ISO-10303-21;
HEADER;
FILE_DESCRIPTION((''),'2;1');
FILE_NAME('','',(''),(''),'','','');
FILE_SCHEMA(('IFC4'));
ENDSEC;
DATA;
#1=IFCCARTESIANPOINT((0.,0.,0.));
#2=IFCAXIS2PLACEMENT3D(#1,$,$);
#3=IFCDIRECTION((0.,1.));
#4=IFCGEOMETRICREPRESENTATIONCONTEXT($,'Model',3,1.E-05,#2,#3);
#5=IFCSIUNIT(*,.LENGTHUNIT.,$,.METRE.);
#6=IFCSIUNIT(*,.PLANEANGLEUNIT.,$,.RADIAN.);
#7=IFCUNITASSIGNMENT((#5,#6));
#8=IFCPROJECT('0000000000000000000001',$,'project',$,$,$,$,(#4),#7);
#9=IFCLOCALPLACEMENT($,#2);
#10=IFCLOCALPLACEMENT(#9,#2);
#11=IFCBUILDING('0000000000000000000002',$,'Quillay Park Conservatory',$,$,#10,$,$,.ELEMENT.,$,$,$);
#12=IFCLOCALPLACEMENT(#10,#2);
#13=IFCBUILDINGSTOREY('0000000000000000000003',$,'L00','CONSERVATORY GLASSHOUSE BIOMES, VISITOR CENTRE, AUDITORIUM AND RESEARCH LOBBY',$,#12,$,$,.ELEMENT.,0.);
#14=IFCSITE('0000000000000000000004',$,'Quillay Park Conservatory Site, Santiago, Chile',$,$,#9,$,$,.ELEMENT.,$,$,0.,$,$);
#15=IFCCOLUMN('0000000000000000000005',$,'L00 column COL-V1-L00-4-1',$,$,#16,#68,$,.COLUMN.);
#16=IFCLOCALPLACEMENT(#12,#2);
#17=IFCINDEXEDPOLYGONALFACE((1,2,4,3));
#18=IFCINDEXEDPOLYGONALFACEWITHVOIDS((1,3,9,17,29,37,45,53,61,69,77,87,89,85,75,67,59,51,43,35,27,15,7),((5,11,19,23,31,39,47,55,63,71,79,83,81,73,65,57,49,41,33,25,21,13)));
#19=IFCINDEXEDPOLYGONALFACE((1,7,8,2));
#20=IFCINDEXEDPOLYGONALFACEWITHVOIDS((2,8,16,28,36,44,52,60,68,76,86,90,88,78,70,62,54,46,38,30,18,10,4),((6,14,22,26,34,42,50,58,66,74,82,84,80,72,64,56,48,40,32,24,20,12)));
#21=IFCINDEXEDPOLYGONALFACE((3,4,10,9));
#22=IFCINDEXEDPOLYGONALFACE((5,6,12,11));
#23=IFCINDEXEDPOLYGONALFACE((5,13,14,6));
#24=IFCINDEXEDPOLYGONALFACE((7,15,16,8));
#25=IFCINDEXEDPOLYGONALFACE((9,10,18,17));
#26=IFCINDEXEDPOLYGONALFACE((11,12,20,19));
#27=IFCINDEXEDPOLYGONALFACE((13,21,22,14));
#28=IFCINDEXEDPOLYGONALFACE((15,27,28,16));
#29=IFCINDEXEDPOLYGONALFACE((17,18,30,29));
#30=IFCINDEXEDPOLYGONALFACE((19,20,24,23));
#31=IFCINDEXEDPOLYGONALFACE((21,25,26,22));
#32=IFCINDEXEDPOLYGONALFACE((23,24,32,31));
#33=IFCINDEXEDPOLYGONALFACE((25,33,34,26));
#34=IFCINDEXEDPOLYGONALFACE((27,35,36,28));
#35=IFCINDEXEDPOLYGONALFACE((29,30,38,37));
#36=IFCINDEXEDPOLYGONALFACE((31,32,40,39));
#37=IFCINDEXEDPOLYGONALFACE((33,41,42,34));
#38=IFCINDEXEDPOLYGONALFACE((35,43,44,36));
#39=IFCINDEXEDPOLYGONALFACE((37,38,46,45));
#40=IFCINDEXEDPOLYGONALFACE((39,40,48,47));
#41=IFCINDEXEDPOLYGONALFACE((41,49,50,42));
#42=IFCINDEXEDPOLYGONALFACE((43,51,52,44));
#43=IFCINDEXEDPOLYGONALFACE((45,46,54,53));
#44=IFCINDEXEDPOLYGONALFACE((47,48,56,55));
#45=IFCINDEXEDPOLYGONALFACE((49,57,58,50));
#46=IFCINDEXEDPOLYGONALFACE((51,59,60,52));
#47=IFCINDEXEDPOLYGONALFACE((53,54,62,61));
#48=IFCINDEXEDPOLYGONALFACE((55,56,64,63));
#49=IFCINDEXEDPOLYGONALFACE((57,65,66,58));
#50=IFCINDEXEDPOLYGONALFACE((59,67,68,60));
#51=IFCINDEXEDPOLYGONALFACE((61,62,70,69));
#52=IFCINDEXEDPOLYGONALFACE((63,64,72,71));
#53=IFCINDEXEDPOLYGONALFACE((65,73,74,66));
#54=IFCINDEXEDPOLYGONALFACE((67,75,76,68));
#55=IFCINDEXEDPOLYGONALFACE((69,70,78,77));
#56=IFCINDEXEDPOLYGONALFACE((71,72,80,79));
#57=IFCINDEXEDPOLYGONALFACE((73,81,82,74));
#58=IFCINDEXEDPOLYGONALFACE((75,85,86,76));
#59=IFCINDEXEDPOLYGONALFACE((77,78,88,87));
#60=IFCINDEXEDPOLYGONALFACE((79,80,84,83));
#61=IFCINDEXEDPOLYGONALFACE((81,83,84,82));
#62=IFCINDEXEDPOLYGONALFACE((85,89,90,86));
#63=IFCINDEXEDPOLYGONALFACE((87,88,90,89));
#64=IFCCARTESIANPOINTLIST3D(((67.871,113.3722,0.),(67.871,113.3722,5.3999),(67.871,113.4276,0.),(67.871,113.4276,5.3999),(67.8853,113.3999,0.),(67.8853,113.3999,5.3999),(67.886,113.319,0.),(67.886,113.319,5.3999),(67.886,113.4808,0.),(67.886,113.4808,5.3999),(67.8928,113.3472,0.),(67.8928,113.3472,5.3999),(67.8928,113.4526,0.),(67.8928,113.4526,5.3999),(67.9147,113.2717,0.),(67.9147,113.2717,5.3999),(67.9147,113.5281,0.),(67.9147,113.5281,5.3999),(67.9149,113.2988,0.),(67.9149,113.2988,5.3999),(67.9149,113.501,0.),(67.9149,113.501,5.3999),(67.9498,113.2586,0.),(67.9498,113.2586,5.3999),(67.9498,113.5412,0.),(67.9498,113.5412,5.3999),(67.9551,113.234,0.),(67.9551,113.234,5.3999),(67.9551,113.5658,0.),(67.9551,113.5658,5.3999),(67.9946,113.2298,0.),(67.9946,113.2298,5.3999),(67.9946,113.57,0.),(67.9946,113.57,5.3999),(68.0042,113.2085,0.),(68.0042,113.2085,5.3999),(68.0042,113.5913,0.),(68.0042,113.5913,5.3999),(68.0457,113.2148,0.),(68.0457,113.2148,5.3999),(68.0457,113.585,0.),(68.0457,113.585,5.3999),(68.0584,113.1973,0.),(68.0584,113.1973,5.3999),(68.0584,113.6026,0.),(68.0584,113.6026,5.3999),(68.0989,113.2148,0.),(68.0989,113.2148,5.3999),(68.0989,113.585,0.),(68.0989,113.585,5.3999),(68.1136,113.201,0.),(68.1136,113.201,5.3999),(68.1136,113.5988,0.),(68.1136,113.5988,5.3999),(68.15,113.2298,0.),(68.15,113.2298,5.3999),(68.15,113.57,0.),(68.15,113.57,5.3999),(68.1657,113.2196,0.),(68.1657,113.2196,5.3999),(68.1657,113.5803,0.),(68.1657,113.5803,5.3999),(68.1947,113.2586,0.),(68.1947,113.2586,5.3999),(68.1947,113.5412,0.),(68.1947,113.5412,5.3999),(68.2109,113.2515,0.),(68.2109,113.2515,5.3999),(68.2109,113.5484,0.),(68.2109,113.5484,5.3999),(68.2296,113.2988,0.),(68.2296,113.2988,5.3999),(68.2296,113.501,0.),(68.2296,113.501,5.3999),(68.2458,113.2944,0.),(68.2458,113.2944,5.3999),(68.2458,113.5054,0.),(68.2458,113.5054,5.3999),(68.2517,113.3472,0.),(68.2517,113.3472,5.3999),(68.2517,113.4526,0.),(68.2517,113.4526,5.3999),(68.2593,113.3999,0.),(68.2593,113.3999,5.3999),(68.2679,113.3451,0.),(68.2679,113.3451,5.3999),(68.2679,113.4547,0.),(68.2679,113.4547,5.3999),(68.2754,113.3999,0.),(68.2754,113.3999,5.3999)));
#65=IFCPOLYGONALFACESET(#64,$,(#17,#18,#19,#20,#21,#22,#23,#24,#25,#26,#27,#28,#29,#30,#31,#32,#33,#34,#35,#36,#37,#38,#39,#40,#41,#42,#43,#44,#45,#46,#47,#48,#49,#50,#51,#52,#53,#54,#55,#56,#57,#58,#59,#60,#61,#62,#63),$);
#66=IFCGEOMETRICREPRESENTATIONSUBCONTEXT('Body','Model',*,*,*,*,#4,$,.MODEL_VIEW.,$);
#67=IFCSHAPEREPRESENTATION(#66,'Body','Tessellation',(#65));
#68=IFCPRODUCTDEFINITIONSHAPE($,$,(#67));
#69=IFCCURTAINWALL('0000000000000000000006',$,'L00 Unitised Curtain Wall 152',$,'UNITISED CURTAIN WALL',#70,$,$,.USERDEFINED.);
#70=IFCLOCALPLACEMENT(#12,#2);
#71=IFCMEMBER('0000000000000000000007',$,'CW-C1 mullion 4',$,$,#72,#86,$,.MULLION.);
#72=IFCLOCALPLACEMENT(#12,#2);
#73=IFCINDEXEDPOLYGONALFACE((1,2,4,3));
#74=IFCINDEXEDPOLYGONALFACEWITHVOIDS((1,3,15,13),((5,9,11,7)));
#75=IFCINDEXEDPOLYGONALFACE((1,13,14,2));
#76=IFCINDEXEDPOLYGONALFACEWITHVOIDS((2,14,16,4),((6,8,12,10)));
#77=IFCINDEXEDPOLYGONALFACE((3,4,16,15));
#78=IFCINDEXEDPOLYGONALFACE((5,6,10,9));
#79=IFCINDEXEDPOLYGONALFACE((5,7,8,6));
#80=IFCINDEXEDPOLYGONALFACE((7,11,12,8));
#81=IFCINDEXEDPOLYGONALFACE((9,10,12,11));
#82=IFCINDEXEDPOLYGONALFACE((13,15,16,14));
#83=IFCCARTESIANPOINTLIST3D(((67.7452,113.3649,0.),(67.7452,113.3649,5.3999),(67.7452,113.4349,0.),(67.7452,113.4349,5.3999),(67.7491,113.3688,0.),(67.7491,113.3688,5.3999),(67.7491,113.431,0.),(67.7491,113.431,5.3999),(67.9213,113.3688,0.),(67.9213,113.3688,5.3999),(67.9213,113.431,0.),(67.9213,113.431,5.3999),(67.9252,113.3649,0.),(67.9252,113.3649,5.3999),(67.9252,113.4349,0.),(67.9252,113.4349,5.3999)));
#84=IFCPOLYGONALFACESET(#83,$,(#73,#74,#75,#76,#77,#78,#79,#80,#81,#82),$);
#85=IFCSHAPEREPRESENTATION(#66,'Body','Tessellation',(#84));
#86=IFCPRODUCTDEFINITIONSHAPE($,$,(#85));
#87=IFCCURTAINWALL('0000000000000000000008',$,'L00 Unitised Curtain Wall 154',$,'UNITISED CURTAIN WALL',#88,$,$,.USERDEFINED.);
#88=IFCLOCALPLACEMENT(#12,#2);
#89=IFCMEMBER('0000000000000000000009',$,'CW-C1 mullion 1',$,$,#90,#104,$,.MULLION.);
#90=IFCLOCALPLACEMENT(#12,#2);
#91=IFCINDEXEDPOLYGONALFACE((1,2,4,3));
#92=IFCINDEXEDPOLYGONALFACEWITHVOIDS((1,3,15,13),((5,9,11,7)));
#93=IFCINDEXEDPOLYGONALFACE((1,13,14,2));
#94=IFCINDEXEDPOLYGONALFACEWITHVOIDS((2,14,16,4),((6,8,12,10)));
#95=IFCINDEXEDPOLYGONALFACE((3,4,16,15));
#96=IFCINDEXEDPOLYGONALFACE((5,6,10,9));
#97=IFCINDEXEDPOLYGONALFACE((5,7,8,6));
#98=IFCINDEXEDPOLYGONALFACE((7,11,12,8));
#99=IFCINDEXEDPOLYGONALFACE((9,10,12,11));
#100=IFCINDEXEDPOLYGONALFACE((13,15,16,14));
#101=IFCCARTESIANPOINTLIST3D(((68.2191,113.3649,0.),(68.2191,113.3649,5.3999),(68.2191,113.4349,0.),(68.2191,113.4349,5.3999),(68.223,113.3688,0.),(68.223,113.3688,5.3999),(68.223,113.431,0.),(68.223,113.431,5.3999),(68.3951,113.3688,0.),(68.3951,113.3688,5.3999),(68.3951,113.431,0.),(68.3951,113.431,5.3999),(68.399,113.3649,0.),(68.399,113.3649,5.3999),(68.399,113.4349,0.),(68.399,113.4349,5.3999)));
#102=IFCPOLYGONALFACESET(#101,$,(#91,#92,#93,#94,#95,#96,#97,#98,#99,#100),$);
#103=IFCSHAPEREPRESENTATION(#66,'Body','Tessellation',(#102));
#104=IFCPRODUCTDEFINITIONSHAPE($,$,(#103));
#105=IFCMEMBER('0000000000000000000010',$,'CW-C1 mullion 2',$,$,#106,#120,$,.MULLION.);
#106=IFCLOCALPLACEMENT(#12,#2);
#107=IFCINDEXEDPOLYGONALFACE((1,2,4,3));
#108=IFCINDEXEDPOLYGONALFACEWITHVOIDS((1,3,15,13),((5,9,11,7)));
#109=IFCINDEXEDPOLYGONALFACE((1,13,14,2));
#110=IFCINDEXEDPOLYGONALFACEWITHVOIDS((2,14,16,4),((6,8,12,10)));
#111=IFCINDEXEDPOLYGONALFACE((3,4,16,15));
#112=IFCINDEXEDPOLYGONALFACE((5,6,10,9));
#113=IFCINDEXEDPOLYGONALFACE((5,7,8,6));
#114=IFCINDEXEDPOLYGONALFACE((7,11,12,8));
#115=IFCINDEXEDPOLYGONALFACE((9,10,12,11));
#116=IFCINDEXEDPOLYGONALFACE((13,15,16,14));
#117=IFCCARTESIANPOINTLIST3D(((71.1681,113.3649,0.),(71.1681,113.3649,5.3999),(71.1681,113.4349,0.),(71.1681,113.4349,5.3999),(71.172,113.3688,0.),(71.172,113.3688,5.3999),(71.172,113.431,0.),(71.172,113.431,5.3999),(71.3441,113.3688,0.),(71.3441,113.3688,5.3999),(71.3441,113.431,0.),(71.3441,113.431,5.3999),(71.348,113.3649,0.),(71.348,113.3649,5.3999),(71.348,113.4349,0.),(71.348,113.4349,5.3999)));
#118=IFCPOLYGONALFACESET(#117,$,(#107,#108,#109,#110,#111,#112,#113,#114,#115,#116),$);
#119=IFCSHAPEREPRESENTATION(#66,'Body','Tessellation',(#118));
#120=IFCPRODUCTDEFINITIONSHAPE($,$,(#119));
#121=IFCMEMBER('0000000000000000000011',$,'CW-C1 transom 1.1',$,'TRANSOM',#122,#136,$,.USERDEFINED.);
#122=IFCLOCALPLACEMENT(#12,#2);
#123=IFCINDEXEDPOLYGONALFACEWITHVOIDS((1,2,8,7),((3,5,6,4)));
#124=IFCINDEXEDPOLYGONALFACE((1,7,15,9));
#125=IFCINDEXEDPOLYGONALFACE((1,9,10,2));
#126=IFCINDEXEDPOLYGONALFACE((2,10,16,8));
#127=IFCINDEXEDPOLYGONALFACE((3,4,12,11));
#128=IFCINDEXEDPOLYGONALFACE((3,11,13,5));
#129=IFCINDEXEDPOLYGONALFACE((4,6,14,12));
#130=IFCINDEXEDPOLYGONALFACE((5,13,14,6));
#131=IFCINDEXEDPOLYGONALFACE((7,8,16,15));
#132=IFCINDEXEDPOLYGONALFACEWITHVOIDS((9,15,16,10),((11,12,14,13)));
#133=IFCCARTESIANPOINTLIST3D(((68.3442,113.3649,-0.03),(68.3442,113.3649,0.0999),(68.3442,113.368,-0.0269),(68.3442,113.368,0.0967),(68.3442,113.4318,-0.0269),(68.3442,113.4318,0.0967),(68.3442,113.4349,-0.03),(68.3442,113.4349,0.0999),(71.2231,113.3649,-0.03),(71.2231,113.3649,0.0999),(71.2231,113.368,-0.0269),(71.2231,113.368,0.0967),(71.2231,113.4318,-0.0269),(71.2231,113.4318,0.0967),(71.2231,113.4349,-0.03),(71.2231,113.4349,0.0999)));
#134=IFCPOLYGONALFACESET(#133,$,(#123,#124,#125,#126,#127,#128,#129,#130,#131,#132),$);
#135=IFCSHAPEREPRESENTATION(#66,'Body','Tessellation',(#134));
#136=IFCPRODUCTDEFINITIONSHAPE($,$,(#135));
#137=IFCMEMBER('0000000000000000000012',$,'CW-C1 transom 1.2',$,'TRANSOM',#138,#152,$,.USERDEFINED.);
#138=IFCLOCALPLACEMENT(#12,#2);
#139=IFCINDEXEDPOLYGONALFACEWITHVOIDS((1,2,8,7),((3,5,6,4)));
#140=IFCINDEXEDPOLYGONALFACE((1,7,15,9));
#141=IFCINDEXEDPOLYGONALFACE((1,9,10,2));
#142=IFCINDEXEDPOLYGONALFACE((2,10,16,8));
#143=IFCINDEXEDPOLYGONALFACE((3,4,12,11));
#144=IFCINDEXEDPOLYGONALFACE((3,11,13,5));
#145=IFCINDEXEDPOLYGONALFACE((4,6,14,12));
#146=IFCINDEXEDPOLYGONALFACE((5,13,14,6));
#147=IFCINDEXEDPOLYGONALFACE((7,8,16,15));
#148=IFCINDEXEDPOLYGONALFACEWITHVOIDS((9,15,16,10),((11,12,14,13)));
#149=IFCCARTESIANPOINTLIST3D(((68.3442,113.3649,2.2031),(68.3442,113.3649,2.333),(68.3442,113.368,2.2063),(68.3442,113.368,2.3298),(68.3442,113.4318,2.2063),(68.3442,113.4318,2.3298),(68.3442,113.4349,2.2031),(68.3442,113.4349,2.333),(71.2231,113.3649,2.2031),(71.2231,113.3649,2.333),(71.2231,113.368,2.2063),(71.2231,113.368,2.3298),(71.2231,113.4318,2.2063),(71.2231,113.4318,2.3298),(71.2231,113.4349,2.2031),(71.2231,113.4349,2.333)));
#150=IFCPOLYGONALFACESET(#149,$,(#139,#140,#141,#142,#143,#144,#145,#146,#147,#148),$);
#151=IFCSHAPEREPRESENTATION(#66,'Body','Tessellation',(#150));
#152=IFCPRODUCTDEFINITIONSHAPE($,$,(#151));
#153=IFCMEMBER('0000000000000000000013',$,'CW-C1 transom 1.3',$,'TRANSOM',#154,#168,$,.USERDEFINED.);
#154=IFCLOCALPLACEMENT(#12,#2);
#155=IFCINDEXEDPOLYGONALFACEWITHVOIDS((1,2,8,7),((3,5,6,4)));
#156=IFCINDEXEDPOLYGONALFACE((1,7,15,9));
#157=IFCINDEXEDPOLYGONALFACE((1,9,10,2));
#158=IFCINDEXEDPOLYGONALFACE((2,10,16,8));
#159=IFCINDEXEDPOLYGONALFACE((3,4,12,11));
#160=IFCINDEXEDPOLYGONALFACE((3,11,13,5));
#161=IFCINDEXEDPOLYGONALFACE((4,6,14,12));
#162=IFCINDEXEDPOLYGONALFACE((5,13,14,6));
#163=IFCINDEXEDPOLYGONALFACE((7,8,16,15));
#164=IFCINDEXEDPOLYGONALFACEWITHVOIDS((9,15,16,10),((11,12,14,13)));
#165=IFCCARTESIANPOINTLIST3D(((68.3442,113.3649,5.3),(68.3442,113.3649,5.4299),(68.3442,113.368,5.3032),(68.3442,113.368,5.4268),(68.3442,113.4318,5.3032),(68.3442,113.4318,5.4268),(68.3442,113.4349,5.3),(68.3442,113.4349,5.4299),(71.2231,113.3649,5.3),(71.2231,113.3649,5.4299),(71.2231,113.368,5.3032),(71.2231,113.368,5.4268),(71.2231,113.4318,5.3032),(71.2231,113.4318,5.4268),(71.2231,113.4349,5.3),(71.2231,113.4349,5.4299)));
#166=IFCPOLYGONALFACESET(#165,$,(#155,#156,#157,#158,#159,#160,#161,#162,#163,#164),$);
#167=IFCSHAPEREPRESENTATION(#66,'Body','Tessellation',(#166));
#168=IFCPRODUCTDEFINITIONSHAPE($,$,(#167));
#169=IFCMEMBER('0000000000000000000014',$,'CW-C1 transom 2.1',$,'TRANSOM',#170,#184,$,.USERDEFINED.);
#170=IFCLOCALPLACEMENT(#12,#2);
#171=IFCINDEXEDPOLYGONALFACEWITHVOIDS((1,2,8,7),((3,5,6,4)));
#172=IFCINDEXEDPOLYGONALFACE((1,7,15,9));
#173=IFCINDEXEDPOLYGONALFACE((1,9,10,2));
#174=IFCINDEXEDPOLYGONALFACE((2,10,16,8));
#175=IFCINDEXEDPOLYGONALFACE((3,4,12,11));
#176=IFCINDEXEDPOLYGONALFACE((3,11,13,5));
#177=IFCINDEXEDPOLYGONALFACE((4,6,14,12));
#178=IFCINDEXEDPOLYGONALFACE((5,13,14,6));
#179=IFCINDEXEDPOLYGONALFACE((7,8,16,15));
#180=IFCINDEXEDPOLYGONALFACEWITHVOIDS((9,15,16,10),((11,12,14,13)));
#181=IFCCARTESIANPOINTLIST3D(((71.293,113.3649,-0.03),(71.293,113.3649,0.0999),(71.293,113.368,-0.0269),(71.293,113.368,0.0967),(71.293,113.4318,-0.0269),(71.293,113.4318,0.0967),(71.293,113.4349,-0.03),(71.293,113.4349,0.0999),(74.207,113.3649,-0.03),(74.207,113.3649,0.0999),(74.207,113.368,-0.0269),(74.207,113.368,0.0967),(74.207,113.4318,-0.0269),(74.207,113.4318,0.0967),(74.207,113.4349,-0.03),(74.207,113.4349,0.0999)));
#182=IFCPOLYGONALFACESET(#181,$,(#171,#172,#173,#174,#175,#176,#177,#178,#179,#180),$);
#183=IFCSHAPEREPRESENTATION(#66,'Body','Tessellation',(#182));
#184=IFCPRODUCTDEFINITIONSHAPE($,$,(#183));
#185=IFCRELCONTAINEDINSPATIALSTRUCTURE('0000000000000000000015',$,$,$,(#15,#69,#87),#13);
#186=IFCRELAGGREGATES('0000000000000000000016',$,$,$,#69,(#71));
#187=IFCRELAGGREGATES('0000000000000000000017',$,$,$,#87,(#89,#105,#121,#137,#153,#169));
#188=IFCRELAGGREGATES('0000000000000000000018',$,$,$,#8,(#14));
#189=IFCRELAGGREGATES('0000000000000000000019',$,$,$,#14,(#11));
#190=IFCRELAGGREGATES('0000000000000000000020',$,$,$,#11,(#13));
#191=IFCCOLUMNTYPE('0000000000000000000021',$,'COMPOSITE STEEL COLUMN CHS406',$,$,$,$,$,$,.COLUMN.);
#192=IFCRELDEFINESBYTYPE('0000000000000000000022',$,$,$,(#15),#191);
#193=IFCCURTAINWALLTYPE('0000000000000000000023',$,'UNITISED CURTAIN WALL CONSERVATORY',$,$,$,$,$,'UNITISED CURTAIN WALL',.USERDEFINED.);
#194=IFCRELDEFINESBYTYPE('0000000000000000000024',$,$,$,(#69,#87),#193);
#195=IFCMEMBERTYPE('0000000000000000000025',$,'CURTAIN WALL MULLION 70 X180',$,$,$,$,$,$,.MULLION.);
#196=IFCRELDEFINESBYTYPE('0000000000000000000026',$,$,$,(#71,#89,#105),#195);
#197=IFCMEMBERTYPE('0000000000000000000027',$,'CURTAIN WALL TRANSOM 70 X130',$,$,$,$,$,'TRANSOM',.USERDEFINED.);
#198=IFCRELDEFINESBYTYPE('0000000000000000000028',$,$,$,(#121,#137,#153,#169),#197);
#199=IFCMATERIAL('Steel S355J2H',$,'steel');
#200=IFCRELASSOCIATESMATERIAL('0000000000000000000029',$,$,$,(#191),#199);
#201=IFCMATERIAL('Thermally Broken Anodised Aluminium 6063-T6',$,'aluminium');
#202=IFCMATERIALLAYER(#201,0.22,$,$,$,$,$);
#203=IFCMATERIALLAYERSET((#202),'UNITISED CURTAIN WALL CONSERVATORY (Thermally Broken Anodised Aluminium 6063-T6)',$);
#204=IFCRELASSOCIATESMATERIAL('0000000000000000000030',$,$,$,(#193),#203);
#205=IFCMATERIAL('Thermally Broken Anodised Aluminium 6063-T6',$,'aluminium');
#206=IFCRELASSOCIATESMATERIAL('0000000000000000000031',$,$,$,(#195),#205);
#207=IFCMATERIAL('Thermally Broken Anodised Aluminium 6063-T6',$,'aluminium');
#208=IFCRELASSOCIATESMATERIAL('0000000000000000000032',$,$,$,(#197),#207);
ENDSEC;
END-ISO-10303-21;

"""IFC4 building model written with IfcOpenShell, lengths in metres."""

from ifc_helpers import new_model, si_unit, direction, frame, origin, origin_2d, place, context, subcontext, project, spatial, hollow_rectangle, hollow_circle, extrude, material, layer, layer_set, material_profile, profile_set, type_object, element, aggregate, save


model = new_model("IFC4")

# Units and contexts
model_context = context("Model", 3, precision=1e-05, world=origin(), true_north=direction((0.0, 1.0)))
body_context = subcontext(model_context, "Body", "Model", "MODEL_VIEW")
ifc_project = project(units=[si_unit("LENGTHUNIT", "METRE"), si_unit("PLANEANGLEUNIT", "RADIAN")], contexts=[model_context])

# Site, building, storey
site_placement = place(None, origin())
site = spatial("IfcSite", under=ifc_project, at=site_placement, Name="Quillay Park Conservatory Site, Santiago, Chile", CompositionType="ELEMENT", RefElevation=0.0)
building_placement = place(site_placement, origin())
building = spatial("IfcBuilding", under=site, at=building_placement, Name="Quillay Park Conservatory", CompositionType="ELEMENT")
storey_placement = place(building_placement, origin())
storey = spatial("IfcBuildingStorey", under=building, at=storey_placement, Name="L00", Description="CONSERVATORY GLASSHOUSE BIOMES, VISITOR CENTRE, AUDITORIUM AND RESEARCH LOBBY", CompositionType="ELEMENT", Elevation=0.0)

# Column
ifc_material_1 = material(Name="Steel S355J2H", Category="steel")
ifc_material_profile_1 = material_profile(ifc_material_1, hollow_circle(Radius=0.2031, WallThickness=0.0161, at=origin_2d()), Name="CHS406.4x16")
ifc_profile_set_1 = profile_set([ifc_material_profile_1], Name="Steel S355J2H")
column_type = type_object("IfcColumnType", Name="COMPOSITE STEEL COLUMN CHS406", PredefinedType="COLUMN", material=ifc_profile_set_1)
column_placement = place(storey_placement, frame((68.0723, 113.3999, 0.0), z_axis=(0.0, 0.0, 1.0), x_axis=(1.0, 0.0, 0.0)))
element("IfcColumn", 1, at=column_placement, inside=storey, type_object=column_type, Name="L00 column COL-V1-L00-4-1", PredefinedType="COLUMN", context=body_context, shape_type="SweptSolid", body=[
    extrude(hollow_circle(Radius=0.2031, WallThickness=0.0161, at=origin_2d()), origin(), (0.0, 0.0, 1.0), 5.3999),
])

# Curtain wall, member
ifc_material_2 = material(Name="Thermally Broken Anodised Aluminium 6063-T6", Category="aluminium")
ifc_layer_1 = layer(ifc_material_2, 0.22)
ifc_layer_set_1 = layer_set([ifc_layer_1], Name="UNITISED CURTAIN WALL CONSERVATORY (Thermally Broken Anodised Aluminium 6063-T6)")
curtain_wall_type = type_object("IfcCurtainWallType", Name="UNITISED CURTAIN WALL CONSERVATORY", ElementType="UNITISED CURTAIN WALL", PredefinedType="USERDEFINED", material=ifc_layer_set_1)
curtain_wall_1_placement = place(storey_placement, origin())
curtain_wall_1 = element("IfcCurtainWall", 2, at=curtain_wall_1_placement, inside=storey, type_object=curtain_wall_type, Name="L00 Unitised Curtain Wall 152", ObjectType="UNITISED CURTAIN WALL", PredefinedType="USERDEFINED")
ifc_material_3 = material(Name="Thermally Broken Anodised Aluminium 6063-T6", Category="aluminium")
ifc_material_profile_2 = material_profile(ifc_material_3, hollow_rectangle(XDim=0.0701, YDim=0.1799, WallThickness=0.0039, at=origin_2d()), Name="AL70x180x4")
ifc_profile_set_2 = profile_set([ifc_material_profile_2], Name="Thermally Broken Anodised Aluminium 6063-T6")
member_type_1 = type_object("IfcMemberType", Name="CURTAIN WALL MULLION 70 X180", PredefinedType="MULLION", material=ifc_profile_set_2)
member_1_placement = place(storey_placement, frame((67.8352, 113.3999, 0.0), z_axis=(0.0, 0.0, 1.0), x_axis=(0.0, 1.0, 0.0)))
member_1 = element("IfcMember", 3, at=member_1_placement, type_object=member_type_1, Name="CW-C1 mullion 4", PredefinedType="MULLION", context=body_context, shape_type="SweptSolid", body=[
    extrude(hollow_rectangle(XDim=0.0701, YDim=0.1799, WallThickness=0.0039, at=origin_2d()), origin(), (0.0, 0.0, 1.0), 5.3999),
])

# Curtain wall, members
curtain_wall_2_placement = place(storey_placement, origin())
curtain_wall_2 = element("IfcCurtainWall", 4, at=curtain_wall_2_placement, inside=storey, type_object=curtain_wall_type, Name="L00 Unitised Curtain Wall 154", ObjectType="UNITISED CURTAIN WALL", PredefinedType="USERDEFINED")
member_2_placement = place(storey_placement, frame((68.3091, 113.3999, 0.0), z_axis=(0.0, 0.0, 1.0), x_axis=(0.0, 1.0, 0.0)))
member_2 = element("IfcMember", 5, at=member_2_placement, type_object=member_type_1, Name="CW-C1 mullion 1", PredefinedType="MULLION", context=body_context, shape_type="SweptSolid", body=[
    extrude(hollow_rectangle(XDim=0.0701, YDim=0.1799, WallThickness=0.0039, at=origin_2d()), origin(), (0.0, 0.0, 1.0), 5.3999),
])
member_3_placement = place(storey_placement, frame((71.2581, 113.3999, 0.0), z_axis=(0.0, 0.0, 1.0), x_axis=(0.0, 1.0, 0.0)))
member_3 = element("IfcMember", 6, at=member_3_placement, type_object=member_type_1, Name="CW-C1 mullion 2", PredefinedType="MULLION", context=body_context, shape_type="SweptSolid", body=[
    extrude(hollow_rectangle(XDim=0.0701, YDim=0.1799, WallThickness=0.0039, at=origin_2d()), origin(), (0.0, 0.0, 1.0), 5.3999),
])
ifc_material_4 = material(Name="Thermally Broken Anodised Aluminium 6063-T6", Category="aluminium")
ifc_material_profile_3 = material_profile(ifc_material_4, hollow_rectangle(XDim=0.0701, YDim=0.1299, WallThickness=0.0032, at=origin_2d()), Name="AL70x130x3.2")
ifc_profile_set_3 = profile_set([ifc_material_profile_3], Name="Thermally Broken Anodised Aluminium 6063-T6")
member_type_2 = type_object("IfcMemberType", Name="CURTAIN WALL TRANSOM 70 X130", ElementType="TRANSOM", PredefinedType="USERDEFINED", material=ifc_profile_set_3)
member_4_placement = place(storey_placement, frame((68.3442, 113.3999, 0.0349), z_axis=(1.0, 0.0, 0.0), x_axis=(0.0, 1.0, 0.0)))
member_4 = element("IfcMember", 7, at=member_4_placement, type_object=member_type_2, Name="CW-C1 transom 1.1", ObjectType="TRANSOM", PredefinedType="USERDEFINED", context=body_context, shape_type="SweptSolid", body=[
    extrude(hollow_rectangle(XDim=0.0701, YDim=0.1299, WallThickness=0.0032, at=origin_2d()), origin(), (0.0, 0.0, 1.0), 2.8789),
])
member_5_placement = place(storey_placement, frame((68.3442, 113.3999, 2.2681), z_axis=(1.0, 0.0, 0.0), x_axis=(0.0, 1.0, 0.0)))
member_5 = element("IfcMember", 8, at=member_5_placement, type_object=member_type_2, Name="CW-C1 transom 1.2", ObjectType="TRANSOM", PredefinedType="USERDEFINED", context=body_context, shape_type="SweptSolid", body=[
    extrude(hollow_rectangle(XDim=0.0701, YDim=0.1299, WallThickness=0.0032, at=origin_2d()), origin(), (0.0, 0.0, 1.0), 2.8789),
])
member_6_placement = place(storey_placement, frame((68.3442, 113.3999, 5.365), z_axis=(1.0, 0.0, 0.0), x_axis=(0.0, 1.0, 0.0)))
member_6 = element("IfcMember", 9, at=member_6_placement, type_object=member_type_2, Name="CW-C1 transom 1.3", ObjectType="TRANSOM", PredefinedType="USERDEFINED", context=body_context, shape_type="SweptSolid", body=[
    extrude(hollow_rectangle(XDim=0.0701, YDim=0.1299, WallThickness=0.0032, at=origin_2d()), origin(), (0.0, 0.0, 1.0), 2.8789),
])
member_7_placement = place(storey_placement, frame((71.293, 113.3999, 0.0349), z_axis=(1.0, 0.0, 0.0), x_axis=(0.0, 1.0, 0.0)))
member_7 = element("IfcMember", 10, at=member_7_placement, type_object=member_type_2, Name="CW-C1 transom 2.1", ObjectType="TRANSOM", PredefinedType="USERDEFINED", context=body_context, shape_type="SweptSolid", body=[
    extrude(hollow_rectangle(XDim=0.0701, YDim=0.1299, WallThickness=0.0032, at=origin_2d()), origin(), (0.0, 0.0, 1.0), 2.9141),
])

aggregate(curtain_wall_1, [member_1])
aggregate(curtain_wall_2, [member_2, member_3, member_4, member_5, member_6, member_7])

save(model, "model.ifc")
